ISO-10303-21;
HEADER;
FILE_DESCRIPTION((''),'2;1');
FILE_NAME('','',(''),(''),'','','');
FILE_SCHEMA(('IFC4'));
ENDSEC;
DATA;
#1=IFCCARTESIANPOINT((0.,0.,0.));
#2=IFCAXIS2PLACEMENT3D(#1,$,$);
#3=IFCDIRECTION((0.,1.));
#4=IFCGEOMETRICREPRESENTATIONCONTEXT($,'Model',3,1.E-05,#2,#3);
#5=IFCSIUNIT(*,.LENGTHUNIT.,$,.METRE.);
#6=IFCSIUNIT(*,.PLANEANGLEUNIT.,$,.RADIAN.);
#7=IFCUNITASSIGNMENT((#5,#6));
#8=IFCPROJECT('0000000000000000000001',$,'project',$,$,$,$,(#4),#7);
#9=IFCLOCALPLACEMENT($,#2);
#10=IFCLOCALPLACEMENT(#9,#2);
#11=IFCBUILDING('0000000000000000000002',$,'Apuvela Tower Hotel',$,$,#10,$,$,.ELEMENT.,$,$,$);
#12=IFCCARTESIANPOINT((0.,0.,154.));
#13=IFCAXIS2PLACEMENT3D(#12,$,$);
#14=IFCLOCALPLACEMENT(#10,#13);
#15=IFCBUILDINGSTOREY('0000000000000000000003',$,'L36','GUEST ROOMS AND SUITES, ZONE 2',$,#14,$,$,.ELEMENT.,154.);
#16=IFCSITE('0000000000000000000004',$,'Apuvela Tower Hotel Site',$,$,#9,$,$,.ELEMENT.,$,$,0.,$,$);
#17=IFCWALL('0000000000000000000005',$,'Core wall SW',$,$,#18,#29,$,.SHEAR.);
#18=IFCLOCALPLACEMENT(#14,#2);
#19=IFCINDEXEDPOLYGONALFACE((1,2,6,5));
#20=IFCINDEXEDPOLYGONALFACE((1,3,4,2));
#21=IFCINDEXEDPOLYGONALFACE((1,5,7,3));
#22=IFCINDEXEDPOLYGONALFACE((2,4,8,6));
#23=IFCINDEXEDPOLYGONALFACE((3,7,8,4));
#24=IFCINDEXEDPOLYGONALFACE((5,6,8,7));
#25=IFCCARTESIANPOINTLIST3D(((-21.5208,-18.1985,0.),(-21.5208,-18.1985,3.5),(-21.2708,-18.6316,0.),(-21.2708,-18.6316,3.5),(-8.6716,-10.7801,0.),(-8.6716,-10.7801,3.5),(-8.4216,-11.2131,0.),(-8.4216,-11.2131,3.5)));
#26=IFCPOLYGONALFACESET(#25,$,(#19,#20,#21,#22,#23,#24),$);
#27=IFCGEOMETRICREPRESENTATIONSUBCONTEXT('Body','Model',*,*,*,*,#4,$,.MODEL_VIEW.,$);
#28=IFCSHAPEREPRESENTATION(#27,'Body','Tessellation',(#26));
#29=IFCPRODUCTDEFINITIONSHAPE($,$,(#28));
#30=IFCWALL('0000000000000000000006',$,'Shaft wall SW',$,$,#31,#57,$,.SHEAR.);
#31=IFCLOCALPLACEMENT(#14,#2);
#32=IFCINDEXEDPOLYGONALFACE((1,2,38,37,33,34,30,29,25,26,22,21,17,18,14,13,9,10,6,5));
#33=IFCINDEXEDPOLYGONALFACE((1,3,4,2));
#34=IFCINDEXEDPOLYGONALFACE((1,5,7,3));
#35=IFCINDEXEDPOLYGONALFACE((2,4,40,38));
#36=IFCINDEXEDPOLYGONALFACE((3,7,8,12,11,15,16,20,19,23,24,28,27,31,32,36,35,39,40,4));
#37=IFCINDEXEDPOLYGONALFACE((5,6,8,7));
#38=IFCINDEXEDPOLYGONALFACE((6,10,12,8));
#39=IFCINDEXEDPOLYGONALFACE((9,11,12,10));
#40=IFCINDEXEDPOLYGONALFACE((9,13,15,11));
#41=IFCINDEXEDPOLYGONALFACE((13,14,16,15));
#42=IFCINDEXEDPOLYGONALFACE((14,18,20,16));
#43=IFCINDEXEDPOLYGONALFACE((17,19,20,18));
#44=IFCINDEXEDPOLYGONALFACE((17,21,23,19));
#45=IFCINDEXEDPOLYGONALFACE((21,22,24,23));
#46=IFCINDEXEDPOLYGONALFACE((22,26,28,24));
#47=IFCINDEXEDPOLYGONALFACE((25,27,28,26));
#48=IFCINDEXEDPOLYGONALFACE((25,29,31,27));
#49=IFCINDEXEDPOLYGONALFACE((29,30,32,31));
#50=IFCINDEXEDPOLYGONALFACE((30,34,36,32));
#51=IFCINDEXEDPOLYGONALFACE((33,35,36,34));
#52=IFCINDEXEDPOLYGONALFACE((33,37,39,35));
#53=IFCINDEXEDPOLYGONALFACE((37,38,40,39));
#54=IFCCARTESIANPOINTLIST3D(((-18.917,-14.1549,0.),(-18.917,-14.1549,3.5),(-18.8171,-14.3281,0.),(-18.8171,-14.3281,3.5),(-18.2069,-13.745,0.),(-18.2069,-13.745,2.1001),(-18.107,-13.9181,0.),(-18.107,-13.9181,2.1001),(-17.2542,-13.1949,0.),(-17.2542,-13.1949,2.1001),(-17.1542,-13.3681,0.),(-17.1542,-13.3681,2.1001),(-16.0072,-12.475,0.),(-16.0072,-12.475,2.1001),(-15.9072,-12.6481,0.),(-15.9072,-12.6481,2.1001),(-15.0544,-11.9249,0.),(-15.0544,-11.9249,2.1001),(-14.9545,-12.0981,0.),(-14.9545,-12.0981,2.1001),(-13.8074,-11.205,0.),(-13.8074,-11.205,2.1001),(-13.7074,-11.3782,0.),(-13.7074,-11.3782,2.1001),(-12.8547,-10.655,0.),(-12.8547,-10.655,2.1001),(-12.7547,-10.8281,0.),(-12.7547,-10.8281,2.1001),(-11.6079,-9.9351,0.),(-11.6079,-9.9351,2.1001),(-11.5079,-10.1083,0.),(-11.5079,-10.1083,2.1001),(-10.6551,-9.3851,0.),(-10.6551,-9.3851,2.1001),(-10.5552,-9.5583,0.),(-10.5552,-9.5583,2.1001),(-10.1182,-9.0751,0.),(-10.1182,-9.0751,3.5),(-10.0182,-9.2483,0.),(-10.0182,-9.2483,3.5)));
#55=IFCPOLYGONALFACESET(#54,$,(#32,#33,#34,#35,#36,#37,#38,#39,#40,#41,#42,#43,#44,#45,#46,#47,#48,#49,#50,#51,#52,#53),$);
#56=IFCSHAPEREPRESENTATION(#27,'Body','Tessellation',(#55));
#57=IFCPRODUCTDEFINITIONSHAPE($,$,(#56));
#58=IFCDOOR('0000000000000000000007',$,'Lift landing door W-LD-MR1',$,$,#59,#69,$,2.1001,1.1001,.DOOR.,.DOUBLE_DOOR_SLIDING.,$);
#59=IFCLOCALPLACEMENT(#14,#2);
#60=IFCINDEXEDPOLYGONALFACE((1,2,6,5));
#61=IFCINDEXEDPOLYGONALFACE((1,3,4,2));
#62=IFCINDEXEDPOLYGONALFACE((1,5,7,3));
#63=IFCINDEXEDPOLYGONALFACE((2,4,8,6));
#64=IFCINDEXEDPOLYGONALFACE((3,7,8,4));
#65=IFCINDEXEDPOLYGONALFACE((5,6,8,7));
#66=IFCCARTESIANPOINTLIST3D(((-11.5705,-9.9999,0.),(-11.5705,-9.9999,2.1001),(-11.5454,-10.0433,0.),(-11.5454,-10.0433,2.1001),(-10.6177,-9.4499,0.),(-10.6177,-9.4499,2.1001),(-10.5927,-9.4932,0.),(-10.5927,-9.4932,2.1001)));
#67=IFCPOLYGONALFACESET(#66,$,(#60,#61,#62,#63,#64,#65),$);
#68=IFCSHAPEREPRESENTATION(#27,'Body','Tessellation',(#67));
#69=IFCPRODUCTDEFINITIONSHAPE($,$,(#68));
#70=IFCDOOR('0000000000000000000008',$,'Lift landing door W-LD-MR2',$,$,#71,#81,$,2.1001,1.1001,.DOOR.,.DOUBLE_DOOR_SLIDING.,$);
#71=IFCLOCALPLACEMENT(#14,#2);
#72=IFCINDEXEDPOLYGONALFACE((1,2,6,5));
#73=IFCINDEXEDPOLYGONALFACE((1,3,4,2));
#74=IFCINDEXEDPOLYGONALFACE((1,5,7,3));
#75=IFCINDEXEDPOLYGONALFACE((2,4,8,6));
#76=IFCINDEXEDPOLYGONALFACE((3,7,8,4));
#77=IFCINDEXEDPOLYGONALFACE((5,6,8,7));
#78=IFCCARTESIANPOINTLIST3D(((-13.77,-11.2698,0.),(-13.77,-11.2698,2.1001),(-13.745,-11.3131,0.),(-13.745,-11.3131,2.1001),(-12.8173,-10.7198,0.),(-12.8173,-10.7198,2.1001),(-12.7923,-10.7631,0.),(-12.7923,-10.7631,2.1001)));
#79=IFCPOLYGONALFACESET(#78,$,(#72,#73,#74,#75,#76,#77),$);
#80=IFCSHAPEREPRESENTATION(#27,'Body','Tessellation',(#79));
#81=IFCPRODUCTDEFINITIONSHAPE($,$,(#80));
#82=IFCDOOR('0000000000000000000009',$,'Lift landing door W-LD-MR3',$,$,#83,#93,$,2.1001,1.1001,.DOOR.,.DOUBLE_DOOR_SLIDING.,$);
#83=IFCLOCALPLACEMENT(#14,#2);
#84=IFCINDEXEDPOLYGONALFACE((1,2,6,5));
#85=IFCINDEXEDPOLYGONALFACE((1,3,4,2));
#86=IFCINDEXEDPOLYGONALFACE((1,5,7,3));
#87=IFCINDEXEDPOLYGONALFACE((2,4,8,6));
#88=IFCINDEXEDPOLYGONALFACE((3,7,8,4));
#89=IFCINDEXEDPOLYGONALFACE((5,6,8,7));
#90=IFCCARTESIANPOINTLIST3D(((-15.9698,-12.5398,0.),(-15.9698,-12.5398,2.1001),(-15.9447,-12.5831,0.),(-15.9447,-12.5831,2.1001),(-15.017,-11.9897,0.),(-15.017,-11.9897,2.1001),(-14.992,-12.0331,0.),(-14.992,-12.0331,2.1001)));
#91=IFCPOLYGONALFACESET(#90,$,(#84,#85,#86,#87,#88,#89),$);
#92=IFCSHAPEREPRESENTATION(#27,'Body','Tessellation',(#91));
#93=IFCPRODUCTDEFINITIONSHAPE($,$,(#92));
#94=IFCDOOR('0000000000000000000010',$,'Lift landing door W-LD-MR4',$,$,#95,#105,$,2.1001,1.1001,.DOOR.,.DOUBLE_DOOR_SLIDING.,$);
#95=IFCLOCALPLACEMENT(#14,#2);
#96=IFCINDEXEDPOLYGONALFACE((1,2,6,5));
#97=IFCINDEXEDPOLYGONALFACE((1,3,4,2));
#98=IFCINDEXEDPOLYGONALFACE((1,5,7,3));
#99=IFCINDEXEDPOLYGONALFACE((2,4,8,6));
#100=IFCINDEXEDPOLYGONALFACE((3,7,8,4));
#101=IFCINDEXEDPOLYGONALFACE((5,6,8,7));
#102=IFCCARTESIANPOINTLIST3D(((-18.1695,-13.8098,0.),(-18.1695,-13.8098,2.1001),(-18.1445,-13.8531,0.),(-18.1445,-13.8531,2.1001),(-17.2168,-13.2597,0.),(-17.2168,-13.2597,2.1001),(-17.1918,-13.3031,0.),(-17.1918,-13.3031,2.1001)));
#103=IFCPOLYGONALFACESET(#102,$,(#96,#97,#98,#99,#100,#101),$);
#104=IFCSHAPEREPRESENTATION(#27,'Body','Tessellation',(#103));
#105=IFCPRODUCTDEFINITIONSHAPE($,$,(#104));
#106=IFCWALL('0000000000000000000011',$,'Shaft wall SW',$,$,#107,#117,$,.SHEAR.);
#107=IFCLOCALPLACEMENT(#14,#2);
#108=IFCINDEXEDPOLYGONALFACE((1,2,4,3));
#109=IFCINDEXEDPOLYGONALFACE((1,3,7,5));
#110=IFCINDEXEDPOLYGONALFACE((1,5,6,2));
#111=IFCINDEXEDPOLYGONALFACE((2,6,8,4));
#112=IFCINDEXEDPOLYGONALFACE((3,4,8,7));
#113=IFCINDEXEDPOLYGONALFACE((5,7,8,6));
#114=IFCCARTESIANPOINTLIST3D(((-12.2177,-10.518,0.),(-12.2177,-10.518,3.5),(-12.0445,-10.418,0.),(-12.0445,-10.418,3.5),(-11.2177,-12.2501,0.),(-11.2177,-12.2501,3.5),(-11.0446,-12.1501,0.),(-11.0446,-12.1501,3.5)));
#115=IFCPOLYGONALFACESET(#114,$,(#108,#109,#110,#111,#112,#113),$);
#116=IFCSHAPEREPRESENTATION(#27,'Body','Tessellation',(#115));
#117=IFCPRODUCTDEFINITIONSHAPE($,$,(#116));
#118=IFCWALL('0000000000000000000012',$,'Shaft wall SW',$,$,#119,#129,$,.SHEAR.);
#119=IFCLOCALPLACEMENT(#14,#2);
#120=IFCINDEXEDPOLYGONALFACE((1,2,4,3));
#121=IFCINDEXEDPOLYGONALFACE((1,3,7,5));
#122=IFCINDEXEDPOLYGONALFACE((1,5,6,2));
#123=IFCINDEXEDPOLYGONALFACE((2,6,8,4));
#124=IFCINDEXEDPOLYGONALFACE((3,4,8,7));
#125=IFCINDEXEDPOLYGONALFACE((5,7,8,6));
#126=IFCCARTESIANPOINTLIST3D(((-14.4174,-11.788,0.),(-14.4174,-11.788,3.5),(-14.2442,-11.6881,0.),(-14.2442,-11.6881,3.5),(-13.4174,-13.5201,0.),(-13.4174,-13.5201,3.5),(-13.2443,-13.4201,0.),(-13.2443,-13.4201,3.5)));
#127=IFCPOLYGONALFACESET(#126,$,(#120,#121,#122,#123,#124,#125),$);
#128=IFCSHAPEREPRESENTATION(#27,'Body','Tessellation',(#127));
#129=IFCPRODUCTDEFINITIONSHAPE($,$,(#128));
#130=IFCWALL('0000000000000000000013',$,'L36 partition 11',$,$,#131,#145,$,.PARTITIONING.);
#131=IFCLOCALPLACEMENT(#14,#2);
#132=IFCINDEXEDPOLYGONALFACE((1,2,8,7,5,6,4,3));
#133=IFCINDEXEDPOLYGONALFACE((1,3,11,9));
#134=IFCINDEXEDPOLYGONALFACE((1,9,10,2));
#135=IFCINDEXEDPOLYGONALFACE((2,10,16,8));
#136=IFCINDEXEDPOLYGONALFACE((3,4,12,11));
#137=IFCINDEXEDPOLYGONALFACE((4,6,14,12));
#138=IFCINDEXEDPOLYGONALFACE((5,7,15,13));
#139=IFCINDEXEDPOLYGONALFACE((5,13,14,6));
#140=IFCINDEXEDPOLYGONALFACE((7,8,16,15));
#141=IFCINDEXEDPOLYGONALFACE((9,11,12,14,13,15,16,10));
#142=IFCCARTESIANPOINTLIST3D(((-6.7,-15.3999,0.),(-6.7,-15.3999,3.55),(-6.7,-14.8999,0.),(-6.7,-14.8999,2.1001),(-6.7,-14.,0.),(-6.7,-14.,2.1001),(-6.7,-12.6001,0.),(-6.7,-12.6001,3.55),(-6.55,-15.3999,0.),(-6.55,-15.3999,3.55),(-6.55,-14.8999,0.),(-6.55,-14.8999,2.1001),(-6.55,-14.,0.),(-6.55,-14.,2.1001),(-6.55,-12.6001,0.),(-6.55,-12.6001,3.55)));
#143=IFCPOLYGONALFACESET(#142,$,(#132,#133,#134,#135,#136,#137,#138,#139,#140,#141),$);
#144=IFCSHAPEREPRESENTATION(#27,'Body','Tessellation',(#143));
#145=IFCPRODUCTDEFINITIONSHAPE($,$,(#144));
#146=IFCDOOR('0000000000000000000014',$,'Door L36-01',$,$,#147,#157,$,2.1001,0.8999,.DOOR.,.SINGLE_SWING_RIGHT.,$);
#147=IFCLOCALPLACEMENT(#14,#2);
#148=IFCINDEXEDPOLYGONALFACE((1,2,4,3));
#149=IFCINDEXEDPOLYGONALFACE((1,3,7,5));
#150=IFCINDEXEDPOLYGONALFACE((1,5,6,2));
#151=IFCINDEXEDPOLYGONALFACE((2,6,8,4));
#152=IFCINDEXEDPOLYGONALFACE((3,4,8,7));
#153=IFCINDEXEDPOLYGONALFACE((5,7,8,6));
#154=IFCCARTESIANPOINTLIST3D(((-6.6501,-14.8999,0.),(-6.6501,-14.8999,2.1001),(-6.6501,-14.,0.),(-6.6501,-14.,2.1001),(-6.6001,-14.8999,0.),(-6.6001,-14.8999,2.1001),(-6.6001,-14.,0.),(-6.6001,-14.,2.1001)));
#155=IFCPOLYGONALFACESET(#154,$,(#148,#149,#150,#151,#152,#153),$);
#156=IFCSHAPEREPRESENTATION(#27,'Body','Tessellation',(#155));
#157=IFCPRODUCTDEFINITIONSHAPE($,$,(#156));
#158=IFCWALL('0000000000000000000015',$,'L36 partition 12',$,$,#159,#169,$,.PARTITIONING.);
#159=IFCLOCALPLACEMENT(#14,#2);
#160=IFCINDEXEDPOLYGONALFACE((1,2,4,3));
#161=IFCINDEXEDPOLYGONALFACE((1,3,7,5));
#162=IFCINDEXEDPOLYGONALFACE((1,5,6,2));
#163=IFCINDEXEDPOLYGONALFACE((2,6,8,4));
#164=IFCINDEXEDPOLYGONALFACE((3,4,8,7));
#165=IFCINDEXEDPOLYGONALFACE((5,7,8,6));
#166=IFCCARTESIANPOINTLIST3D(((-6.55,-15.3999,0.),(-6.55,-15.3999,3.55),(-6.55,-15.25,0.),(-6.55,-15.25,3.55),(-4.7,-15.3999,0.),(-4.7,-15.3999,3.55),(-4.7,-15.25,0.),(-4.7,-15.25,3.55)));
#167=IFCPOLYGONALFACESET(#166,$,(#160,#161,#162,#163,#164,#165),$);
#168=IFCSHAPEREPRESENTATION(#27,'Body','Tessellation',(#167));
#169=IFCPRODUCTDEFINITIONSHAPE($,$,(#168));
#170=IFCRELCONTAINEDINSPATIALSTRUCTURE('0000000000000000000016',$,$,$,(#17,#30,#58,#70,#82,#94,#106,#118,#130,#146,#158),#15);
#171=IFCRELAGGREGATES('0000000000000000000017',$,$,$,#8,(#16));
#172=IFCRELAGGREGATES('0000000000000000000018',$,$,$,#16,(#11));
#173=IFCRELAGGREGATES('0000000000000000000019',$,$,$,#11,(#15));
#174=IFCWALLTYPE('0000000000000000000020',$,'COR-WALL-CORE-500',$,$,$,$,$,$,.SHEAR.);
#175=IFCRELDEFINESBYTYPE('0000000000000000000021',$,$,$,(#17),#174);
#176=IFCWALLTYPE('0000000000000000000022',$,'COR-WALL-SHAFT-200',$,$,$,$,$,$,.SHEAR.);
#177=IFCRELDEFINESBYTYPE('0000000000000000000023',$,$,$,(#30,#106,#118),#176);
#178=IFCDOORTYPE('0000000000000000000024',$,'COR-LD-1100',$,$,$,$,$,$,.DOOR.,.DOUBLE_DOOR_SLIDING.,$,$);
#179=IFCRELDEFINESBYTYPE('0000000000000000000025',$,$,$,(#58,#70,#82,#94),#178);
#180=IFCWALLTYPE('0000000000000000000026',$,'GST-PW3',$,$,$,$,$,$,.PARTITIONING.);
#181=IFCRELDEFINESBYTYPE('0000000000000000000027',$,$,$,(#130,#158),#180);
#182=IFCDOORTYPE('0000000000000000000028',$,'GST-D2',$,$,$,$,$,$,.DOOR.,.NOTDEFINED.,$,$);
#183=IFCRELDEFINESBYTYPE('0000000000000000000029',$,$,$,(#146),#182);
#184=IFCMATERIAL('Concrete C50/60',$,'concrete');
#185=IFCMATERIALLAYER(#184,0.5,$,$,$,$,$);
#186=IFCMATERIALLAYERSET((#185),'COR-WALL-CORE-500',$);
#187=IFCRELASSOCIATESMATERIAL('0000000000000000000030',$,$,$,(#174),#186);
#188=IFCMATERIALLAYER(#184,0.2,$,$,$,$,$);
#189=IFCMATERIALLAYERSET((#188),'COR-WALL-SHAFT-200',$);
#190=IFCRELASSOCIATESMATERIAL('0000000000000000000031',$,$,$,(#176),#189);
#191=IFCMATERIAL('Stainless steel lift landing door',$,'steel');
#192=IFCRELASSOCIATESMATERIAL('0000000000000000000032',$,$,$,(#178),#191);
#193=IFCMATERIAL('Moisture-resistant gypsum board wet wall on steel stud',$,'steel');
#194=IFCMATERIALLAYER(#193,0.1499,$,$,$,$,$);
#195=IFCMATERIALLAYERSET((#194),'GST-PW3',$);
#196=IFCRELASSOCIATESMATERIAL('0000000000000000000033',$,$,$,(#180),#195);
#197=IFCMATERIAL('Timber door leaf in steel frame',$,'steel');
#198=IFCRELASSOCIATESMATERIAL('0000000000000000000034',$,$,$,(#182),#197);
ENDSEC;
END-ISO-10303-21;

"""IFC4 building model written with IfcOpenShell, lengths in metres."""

from ifc_helpers import new_model, si_unit, direction, frame, frame_2d, origin, place, context, subcontext, project, spatial, rectangle, extrude, material, layer, layer_set, type_object, element, fill, save


model = new_model("IFC4")

# Units and contexts
model_context = context("Model", 3, precision=1e-05, world=origin(), true_north=direction((0.0, 1.0)))
body_context = subcontext(model_context, "Body", "Model", "MODEL_VIEW")
ifc_project = project(units=[si_unit("LENGTHUNIT", "METRE"), si_unit("PLANEANGLEUNIT", "RADIAN")], contexts=[model_context])

# Site, building, storey
site_placement = place(None, origin())
site = spatial("IfcSite", under=ifc_project, at=site_placement, Name="Apuvela Tower Hotel Site", CompositionType="ELEMENT", RefElevation=0.0)
building_placement = place(site_placement, origin())
building = spatial("IfcBuilding", under=site, at=building_placement, Name="Apuvela Tower Hotel", CompositionType="ELEMENT")
storey_placement = place(building_placement, frame((0.0, 0.0, 154.0)))
storey = spatial("IfcBuildingStorey", under=building, at=storey_placement, Name="L36", Description="GUEST ROOMS AND SUITES, ZONE 2", CompositionType="ELEMENT", Elevation=154.0)

# Wall
ifc_material_1 = material(Name="Concrete C50/60", Category="concrete")
ifc_layer_1 = layer(ifc_material_1, 0.5)
ifc_layer_set_1 = layer_set([ifc_layer_1], Name="COR-WALL-CORE-500")
wall_type_1 = type_object("IfcWallType", Name="COR-WALL-CORE-500", PredefinedType="SHEAR", material=ifc_layer_set_1)
wall_1_placement = place(storey_placement, frame((-8.5466, -10.9966, 0.0), z_axis=(0.0, 0.0, 1.0), x_axis=(-0.866025, -0.500001, 0.0)))
element("IfcWall", 1, at=wall_1_placement, inside=storey, type_object=wall_type_1, Name="Core wall SW", PredefinedType="SHEAR", context=body_context, shape_type="SweptSolid", body=[
    extrude(rectangle(XDim=14.8369, YDim=0.5, at=frame_2d((7.4185, 0.0))), origin(), (0.0, 0.0, 1.0), 3.5),
])

# Wall, openings, doors
ifc_layer_2 = layer(ifc_material_1, 0.2)
ifc_layer_set_2 = layer_set([ifc_layer_2], Name="COR-WALL-SHAFT-200")
wall_type_2 = type_object("IfcWallType", Name="COR-WALL-SHAFT-200", PredefinedType="SHEAR", material=ifc_layer_set_2)
wall_2_placement = place(storey_placement, frame((-10.0681, -9.1616, 0.0), z_axis=(0.0, 0.0, 1.0), x_axis=(-0.866033, -0.499987, 0.0)))
wall_2 = element("IfcWall", 2, at=wall_2_placement, inside=storey, type_object=wall_type_2, Name="Shaft wall SW", PredefinedType="SHEAR", context=body_context, shape_type="SweptSolid", body=[
    extrude(rectangle(XDim=10.1599, YDim=0.2, at=frame_2d((5.0801, 0.0))), origin(), (0.0, 0.0, 1.0), 3.5),
])
opening_1_placement = place(wall_2_placement, frame((0.6201, 0.0, 0.0)))
opening_1 = element("IfcOpeningElement", 3, at=opening_1_placement, cuts=wall_2, PredefinedType="OPENING", context=body_context, shape_type="SweptSolid", body=[
    extrude(rectangle(XDim=1.1001, YDim=2.1001, at=frame_2d((0.55, 1.05))), frame((0.0, 0.1099, 0.0), z_axis=(0.0, -1.0, 0.0), x_axis=(1.0, 0.0, 0.0)), (0.0, 0.0, 1.0), 0.22),
])
opening_2_placement = place(wall_2_placement, frame((3.1599, 0.0, 0.0)))
opening_2 = element("IfcOpeningElement", 4, at=opening_2_placement, cuts=wall_2, PredefinedType="OPENING", context=body_context, shape_type="SweptSolid", body=[
    extrude(rectangle(XDim=1.1001, YDim=2.1001, at=frame_2d((0.55, 1.05))), frame((0.0, 0.1099, 0.0), z_axis=(0.0, -1.0, 0.0), x_axis=(1.0, 0.0, 0.0)), (0.0, 0.0, 1.0), 0.22),
])
opening_3_placement = place(wall_2_placement, frame((5.7, 0.0, 0.0)))
opening_3 = element("IfcOpeningElement", 5, at=opening_3_placement, cuts=wall_2, PredefinedType="OPENING", context=body_context, shape_type="SweptSolid", body=[
    extrude(rectangle(XDim=1.1001, YDim=2.1001, at=frame_2d((0.55, 1.05))), frame((0.0, 0.1099, 0.0), z_axis=(0.0, -1.0, 0.0), x_axis=(1.0, 0.0, 0.0)), (0.0, 0.0, 1.0), 0.22),
])
opening_4_placement = place(wall_2_placement, frame((8.24, 0.0, 0.0)))
opening_4 = element("IfcOpeningElement", 6, at=opening_4_placement, cuts=wall_2, PredefinedType="OPENING", context=body_context, shape_type="SweptSolid", body=[
    extrude(rectangle(XDim=1.1001, YDim=2.1001, at=frame_2d((0.55, 1.05))), frame((0.0, 0.1099, 0.0), z_axis=(0.0, -1.0, 0.0), x_axis=(1.0, 0.0, 0.0)), (0.0, 0.0, 1.0), 0.22),
])
ifc_material_2 = material(Name="Stainless steel lift landing door", Category="steel")
door_type_1 = type_object("IfcDoorType", Name="COR-LD-1100", OperationType="DOUBLE_DOOR_SLIDING", PredefinedType="DOOR", material=ifc_material_2)
door_1_placement = place(opening_1_placement, origin())
door_1 = element("IfcDoor", 7, at=door_1_placement, inside=storey, type_object=door_type_1, Name="Lift landing door W-LD-MR1", OperationType="DOUBLE_DOOR_SLIDING", OverallHeight=2.1001, OverallWidth=1.1001, PredefinedType="DOOR", context=body_context, shape_type="SweptSolid", body=[
    extrude(rectangle(XDim=1.1001, YDim=2.1001, at=frame_2d((0.55, 1.05))), frame((0.0, 0.0249, 0.0), z_axis=(0.0, -1.0, 0.0), x_axis=(1.0, 0.0, 0.0)), (0.0, 0.0, 1.0), 0.05),
])
fill(opening_1, door_1)
door_2_placement = place(opening_2_placement, origin())
door_2 = element("IfcDoor", 8, at=door_2_placement, inside=storey, type_object=door_type_1, Name="Lift landing door W-LD-MR2", OperationType="DOUBLE_DOOR_SLIDING", OverallHeight=2.1001, OverallWidth=1.1001, PredefinedType="DOOR", context=body_context, shape_type="SweptSolid", body=[
    extrude(rectangle(XDim=1.1001, YDim=2.1001, at=frame_2d((0.55, 1.05))), frame((0.0, 0.0249, 0.0), z_axis=(0.0, -1.0, 0.0), x_axis=(1.0, 0.0, 0.0)), (0.0, 0.0, 1.0), 0.05),
])
fill(opening_2, door_2)
door_3_placement = place(opening_3_placement, origin())
door_3 = element("IfcDoor", 9, at=door_3_placement, inside=storey, type_object=door_type_1, Name="Lift landing door W-LD-MR3", OperationType="DOUBLE_DOOR_SLIDING", OverallHeight=2.1001, OverallWidth=1.1001, PredefinedType="DOOR", context=body_context, shape_type="SweptSolid", body=[
    extrude(rectangle(XDim=1.1001, YDim=2.1001, at=frame_2d((0.55, 1.05))), frame((0.0, 0.0249, 0.0), z_axis=(0.0, -1.0, 0.0), x_axis=(1.0, 0.0, 0.0)), (0.0, 0.0, 1.0), 0.05),
])
fill(opening_3, door_3)
door_4_placement = place(opening_4_placement, origin())
door_4 = element("IfcDoor", 10, at=door_4_placement, inside=storey, type_object=door_type_1, Name="Lift landing door W-LD-MR4", OperationType="DOUBLE_DOOR_SLIDING", OverallHeight=2.1001, OverallWidth=1.1001, PredefinedType="DOOR", context=body_context, shape_type="SweptSolid", body=[
    extrude(rectangle(XDim=1.1001, YDim=2.1001, at=frame_2d((0.55, 1.05))), frame((0.0, 0.0249, 0.0), z_axis=(0.0, -1.0, 0.0), x_axis=(1.0, 0.0, 0.0)), (0.0, 0.0, 1.0), 0.05),
])
fill(opening_4, door_4)

# Walls
for number, where, z_axis, x_axis, name in (
    (11, (-12.1311, -10.468, 0.0), (0.0, 0.0, 1.0), (0.499973, -0.866041, 0.0), "Shaft wall SW"),
    (12, (-14.3308, -11.738, 0.0), (0.0, 0.0, 1.0), (0.499973, -0.866041, 0.0), "Shaft wall SW"),
):
    element("IfcWall", number, at=place(storey_placement, frame(where, z_axis=z_axis, x_axis=x_axis)), inside=storey, type_object=wall_type_2, Name=name, PredefinedType="SHEAR", context=body_context, shape_type="SweptSolid", body=[
        extrude(rectangle(XDim=2.0, YDim=0.2, at=frame_2d((1.0, 0.0))), origin(), (0.0, 0.0, 1.0), 3.5),
    ])

# Wall, opening, door
ifc_material_3 = material(Name="Timber door leaf in steel frame", Category="steel")
ifc_material_4 = material(Name="Moisture-resistant gypsum board wet wall on steel stud", Category="steel")
ifc_layer_3 = layer(ifc_material_4, 0.1499)
ifc_layer_set_3 = layer_set([ifc_layer_3], Name="GST-PW3")
wall_type_3 = type_object("IfcWallType", Name="GST-PW3", PredefinedType="PARTITIONING", material=ifc_layer_set_3)
wall_3_placement = place(storey_placement, frame((-6.625, -12.6001, 0.0), z_axis=(0.0, 0.0, 1.0), x_axis=(0.0, -1.0, 0.0)))
wall_3 = element("IfcWall", 13, at=wall_3_placement, inside=storey, type_object=wall_type_3, Name="L36 partition 11", PredefinedType="PARTITIONING", context=body_context, shape_type="SweptSolid", body=[
    extrude(rectangle(XDim=2.7998, YDim=0.1499, at=frame_2d((1.3999, 0.0))), origin(), (0.0, 0.0, 1.0), 3.55),
])
opening_5_placement = place(wall_3_placement, frame((1.3999, 0.0, 0.0)))
opening_5 = element("IfcOpeningElement", 14, at=opening_5_placement, cuts=wall_3, PredefinedType="OPENING", context=body_context, shape_type="SweptSolid", body=[
    extrude(rectangle(XDim=0.8999, YDim=2.1001, at=frame_2d((0.45, 1.05))), frame((0.0, 0.085, 0.0), z_axis=(0.0, -1.0, 0.0), x_axis=(1.0, 0.0, 0.0)), (0.0, 0.0, 1.0), 0.1699),
])
door_type_2 = type_object("IfcDoorType", Name="GST-D2", OperationType="NOTDEFINED", PredefinedType="DOOR", material=ifc_material_3)
door_5_placement = place(opening_5_placement, origin())
door_5 = element("IfcDoor", 15, at=door_5_placement, inside=storey, type_object=door_type_2, Name="Door L36-01", OperationType="SINGLE_SWING_RIGHT", OverallHeight=2.1001, OverallWidth=0.8999, PredefinedType="DOOR", context=body_context, shape_type="SweptSolid", body=[
    extrude(rectangle(XDim=0.8999, YDim=2.1001, at=frame_2d((0.45, 1.05))), frame((0.0, 0.0249, 0.0), z_axis=(0.0, -1.0, 0.0), x_axis=(1.0, 0.0, 0.0)), (0.0, 0.0, 1.0), 0.05),
])
fill(opening_5, door_5)

# Wall
for number, where, z_axis, x_axis, name in (
    (16, (-6.55, -15.325, 0.0), (0.0, 0.0, 1.0), (1.0, 0.0, 0.0), "L36 partition 12"),
):
    element("IfcWall", number, at=place(storey_placement, frame(where, z_axis=z_axis, x_axis=x_axis)), inside=storey, type_object=wall_type_3, Name=name, PredefinedType="PARTITIONING", context=body_context, shape_type="SweptSolid", body=[
        extrude(rectangle(XDim=1.8501, YDim=0.1499, at=frame_2d((0.925, 0.0))), origin(), (0.0, 0.0, 1.0), 3.55),
    ])

save(model, "model.ifc")
